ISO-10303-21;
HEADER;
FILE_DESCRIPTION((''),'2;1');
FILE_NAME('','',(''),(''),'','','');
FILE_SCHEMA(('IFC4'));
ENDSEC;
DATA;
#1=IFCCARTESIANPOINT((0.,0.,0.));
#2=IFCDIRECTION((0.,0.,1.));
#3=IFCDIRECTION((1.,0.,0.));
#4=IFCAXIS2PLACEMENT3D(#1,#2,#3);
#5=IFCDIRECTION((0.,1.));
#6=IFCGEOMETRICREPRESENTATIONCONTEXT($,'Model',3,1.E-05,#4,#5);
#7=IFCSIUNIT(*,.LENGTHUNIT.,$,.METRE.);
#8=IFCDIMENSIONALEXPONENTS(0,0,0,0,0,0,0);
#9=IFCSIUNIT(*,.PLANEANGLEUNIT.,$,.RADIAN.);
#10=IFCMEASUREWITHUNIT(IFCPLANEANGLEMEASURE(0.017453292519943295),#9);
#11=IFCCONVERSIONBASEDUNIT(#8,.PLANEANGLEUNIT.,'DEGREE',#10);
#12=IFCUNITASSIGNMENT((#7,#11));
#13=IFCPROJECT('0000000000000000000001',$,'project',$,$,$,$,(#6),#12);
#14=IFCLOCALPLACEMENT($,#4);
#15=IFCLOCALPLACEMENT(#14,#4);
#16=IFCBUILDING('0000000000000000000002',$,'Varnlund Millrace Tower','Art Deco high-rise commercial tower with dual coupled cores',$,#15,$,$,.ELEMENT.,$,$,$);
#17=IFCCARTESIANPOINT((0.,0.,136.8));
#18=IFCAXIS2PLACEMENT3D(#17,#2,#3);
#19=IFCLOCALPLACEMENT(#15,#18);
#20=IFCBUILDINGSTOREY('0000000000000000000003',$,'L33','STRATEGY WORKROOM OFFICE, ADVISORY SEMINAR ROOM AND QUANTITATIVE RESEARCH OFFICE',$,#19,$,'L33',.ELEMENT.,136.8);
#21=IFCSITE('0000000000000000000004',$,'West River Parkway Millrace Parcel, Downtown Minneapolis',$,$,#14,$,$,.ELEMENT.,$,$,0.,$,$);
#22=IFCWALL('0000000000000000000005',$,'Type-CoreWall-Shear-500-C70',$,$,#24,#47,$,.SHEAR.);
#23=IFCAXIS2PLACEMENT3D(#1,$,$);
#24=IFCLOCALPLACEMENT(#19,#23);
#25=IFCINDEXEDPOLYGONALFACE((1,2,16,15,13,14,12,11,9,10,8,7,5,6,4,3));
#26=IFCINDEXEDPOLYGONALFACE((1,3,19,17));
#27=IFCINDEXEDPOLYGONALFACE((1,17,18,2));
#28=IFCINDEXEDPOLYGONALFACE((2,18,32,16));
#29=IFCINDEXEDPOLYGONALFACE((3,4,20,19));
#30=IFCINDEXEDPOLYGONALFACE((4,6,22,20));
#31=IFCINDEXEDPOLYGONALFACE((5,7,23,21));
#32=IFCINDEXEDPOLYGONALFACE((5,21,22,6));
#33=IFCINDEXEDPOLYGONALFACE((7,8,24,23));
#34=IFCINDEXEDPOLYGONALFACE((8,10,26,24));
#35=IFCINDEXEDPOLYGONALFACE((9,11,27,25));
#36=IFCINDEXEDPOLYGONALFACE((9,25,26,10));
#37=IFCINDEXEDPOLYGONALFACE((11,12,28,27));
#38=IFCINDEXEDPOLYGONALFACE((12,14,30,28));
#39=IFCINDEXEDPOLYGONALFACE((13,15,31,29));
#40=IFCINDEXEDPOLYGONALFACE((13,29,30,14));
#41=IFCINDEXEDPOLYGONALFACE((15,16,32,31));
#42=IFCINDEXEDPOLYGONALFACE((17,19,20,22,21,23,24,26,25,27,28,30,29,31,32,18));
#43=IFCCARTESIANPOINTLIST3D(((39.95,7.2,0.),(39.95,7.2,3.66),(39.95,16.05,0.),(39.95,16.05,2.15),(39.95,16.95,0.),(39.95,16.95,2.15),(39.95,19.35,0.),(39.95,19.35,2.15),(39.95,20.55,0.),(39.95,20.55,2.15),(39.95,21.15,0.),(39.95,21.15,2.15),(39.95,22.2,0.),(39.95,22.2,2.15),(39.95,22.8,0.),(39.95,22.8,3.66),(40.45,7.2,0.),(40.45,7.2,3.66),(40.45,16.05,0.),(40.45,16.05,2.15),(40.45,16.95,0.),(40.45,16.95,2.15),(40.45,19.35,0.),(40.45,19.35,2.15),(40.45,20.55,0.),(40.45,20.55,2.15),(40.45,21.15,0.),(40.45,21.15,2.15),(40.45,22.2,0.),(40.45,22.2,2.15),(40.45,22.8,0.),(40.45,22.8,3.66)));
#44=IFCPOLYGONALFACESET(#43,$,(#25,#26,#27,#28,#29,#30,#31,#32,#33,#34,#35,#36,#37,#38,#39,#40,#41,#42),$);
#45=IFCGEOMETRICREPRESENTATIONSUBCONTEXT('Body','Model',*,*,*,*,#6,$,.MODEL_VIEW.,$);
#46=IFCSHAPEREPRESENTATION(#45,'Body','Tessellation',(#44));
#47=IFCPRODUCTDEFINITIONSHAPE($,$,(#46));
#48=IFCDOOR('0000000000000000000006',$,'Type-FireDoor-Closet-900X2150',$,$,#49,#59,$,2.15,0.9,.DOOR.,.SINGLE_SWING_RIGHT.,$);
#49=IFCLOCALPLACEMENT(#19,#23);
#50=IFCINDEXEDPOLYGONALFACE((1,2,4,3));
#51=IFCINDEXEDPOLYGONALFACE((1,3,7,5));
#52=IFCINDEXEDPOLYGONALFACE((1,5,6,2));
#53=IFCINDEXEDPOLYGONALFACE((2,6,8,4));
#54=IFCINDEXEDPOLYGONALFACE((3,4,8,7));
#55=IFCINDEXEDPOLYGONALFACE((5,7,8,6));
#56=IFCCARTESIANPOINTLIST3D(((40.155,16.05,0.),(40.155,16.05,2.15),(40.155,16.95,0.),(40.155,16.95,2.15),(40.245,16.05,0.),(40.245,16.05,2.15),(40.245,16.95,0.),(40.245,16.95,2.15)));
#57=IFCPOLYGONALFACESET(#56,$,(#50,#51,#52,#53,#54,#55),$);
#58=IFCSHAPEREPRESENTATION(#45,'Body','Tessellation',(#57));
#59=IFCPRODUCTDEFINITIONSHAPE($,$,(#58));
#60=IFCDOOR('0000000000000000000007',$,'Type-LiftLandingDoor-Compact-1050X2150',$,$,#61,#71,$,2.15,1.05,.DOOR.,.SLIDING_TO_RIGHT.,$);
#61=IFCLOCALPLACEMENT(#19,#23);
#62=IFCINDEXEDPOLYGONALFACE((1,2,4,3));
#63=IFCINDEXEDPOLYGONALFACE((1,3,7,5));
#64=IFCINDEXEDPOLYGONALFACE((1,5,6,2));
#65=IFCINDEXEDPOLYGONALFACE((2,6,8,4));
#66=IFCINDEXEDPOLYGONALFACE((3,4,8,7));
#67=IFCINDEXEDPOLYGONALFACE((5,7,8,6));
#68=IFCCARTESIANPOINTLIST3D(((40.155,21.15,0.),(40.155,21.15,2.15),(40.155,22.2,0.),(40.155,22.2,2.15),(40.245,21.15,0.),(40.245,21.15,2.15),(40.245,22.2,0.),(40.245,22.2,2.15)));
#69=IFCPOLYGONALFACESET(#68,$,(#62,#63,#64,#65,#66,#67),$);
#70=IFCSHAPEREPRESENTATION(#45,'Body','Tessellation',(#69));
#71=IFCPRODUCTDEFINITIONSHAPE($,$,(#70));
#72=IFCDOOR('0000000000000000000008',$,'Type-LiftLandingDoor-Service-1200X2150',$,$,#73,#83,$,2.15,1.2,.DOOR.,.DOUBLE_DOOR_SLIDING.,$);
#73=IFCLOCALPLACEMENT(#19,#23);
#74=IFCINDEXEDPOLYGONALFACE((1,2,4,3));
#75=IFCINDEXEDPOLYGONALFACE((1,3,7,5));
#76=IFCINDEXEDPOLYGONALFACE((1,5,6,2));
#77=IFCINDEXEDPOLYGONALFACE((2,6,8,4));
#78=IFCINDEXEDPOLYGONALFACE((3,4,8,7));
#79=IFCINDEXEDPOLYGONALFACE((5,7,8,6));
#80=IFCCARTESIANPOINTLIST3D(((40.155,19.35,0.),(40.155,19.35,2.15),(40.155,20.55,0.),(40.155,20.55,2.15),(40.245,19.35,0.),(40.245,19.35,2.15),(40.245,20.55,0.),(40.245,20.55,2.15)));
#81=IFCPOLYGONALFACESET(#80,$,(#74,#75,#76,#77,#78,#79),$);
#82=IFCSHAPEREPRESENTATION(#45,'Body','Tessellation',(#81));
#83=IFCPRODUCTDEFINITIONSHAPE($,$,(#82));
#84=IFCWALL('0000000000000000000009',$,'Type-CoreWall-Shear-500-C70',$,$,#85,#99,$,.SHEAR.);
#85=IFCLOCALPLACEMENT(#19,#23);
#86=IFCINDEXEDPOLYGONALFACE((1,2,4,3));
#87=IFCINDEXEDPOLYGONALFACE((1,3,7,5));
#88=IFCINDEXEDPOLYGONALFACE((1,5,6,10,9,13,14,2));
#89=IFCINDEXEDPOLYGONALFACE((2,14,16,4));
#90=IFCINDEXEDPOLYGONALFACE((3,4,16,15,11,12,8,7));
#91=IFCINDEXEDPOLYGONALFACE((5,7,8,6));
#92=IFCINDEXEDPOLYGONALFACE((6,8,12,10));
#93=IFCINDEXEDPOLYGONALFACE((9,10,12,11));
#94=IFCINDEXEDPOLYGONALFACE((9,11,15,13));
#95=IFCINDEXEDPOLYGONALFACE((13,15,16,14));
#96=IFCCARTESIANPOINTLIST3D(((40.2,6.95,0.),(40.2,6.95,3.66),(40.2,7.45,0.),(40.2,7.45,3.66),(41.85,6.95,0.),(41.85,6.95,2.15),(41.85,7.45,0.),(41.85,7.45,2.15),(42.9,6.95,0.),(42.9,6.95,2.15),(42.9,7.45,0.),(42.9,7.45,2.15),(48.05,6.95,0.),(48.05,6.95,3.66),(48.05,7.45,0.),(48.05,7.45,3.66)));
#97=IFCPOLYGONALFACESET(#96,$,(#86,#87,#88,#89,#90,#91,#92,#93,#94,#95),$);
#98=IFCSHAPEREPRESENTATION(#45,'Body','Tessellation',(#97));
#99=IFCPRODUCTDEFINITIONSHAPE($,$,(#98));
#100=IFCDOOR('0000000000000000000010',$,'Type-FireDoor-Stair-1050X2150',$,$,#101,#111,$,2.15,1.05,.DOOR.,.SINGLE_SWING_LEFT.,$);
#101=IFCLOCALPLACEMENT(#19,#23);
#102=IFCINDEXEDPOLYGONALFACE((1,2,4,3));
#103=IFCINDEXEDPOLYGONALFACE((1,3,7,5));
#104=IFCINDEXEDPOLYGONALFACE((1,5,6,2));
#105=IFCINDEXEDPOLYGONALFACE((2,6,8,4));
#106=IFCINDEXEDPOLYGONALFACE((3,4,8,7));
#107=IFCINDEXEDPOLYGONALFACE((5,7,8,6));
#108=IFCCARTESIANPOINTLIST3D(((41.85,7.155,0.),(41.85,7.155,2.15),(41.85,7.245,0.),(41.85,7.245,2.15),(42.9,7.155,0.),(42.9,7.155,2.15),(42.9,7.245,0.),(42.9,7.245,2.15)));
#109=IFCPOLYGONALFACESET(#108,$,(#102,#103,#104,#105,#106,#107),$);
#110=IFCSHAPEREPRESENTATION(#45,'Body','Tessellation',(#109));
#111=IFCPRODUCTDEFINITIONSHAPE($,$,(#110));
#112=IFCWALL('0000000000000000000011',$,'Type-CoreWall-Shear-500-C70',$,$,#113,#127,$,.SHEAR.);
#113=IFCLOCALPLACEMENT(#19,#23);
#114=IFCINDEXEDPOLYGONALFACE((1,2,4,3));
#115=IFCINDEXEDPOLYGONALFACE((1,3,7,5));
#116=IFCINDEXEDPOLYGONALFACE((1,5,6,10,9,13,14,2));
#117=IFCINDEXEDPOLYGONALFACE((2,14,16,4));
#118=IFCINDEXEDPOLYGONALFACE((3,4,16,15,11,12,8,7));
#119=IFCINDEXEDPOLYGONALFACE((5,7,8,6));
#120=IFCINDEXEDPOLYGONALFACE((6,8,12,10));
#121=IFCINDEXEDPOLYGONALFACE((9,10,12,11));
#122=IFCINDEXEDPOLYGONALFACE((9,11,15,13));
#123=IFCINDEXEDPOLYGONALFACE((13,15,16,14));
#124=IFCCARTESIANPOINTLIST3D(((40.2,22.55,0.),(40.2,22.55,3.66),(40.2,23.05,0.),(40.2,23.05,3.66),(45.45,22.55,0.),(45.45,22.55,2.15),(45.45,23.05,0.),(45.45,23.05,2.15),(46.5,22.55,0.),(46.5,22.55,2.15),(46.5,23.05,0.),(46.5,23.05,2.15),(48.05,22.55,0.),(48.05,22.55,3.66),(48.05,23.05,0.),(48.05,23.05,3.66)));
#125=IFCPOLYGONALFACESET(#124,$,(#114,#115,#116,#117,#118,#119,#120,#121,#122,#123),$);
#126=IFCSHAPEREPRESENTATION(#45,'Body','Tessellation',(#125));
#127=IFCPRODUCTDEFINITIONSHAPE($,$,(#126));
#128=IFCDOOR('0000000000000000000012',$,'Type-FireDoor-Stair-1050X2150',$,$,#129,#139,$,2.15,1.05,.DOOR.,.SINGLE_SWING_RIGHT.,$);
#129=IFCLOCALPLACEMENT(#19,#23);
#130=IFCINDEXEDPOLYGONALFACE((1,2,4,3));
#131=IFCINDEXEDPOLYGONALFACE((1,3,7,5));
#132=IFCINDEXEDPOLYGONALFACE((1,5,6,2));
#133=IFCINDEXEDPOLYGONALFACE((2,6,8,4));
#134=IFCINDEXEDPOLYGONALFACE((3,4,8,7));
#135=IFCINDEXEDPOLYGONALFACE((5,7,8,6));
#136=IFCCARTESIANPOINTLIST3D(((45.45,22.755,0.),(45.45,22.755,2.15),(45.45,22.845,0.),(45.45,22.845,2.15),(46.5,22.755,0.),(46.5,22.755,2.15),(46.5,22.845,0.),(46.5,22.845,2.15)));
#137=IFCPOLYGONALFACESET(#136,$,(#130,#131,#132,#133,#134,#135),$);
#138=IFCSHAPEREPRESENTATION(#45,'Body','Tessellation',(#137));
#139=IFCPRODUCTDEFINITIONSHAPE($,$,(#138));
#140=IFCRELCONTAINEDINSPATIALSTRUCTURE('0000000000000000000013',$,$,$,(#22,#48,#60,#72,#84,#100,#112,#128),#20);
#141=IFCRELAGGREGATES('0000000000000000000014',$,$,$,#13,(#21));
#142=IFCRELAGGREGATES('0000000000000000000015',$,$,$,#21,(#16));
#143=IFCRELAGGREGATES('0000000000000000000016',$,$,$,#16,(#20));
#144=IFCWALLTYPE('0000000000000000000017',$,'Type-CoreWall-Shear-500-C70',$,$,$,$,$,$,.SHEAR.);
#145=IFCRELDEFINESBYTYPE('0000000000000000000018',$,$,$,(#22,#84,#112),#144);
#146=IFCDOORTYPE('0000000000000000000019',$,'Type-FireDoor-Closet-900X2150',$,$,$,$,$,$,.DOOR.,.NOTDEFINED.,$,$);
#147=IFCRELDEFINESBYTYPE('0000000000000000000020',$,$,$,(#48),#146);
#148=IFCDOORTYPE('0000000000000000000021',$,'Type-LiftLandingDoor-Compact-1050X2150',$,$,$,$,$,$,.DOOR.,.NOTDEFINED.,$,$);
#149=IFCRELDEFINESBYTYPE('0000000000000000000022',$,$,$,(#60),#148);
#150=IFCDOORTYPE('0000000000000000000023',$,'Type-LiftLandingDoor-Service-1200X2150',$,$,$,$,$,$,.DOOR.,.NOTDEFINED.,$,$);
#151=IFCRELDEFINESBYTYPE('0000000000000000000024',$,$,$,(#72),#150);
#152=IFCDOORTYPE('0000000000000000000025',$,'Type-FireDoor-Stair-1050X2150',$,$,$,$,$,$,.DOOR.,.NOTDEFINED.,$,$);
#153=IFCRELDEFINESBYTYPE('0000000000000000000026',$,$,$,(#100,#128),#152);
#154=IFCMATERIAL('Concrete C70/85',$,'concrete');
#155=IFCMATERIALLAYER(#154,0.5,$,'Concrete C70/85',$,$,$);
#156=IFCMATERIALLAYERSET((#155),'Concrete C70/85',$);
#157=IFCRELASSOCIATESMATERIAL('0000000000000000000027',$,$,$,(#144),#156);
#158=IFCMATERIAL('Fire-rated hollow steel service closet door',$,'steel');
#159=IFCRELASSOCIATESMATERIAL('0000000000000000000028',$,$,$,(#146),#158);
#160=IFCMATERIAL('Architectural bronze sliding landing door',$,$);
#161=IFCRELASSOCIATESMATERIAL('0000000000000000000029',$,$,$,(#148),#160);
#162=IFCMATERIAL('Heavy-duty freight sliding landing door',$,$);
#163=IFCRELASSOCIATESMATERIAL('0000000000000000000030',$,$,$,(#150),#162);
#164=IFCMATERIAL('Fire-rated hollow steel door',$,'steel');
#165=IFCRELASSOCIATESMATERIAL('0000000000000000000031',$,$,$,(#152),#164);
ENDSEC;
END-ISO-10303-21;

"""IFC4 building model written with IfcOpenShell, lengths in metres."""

from ifc_helpers import new_model, entity, si_unit, converted_unit, direction, frame, origin_with_axes, origin_2d_with_axis, place, context, subcontext, project, spatial, polyline, rectangle, outline, extrude, material, layer, layer_set, type_object, element, fill, save


model = new_model("IFC4")

# Units and contexts
model_context = context("Model", 3, precision=1e-05, world=origin_with_axes(), true_north=direction((0.0, 1.0)))
body_context = subcontext(model_context, "Body", "Model", "MODEL_VIEW")
ifc_project = project(units=[si_unit("LENGTHUNIT", "METRE"), converted_unit("PLANEANGLEUNIT", "DEGREE", entity("IfcPlaneAngleMeasure", 0.017453292519943295), si_unit("PLANEANGLEUNIT", "RADIAN"), dimensions=[0, 0, 0, 0, 0, 0, 0])], contexts=[model_context])

# Site, building, storey
site_placement = place(None, origin_with_axes())
site = spatial("IfcSite", under=ifc_project, at=site_placement, Name="West River Parkway Millrace Parcel, Downtown Minneapolis", CompositionType="ELEMENT", RefElevation=0.0)
building_placement = place(site_placement, origin_with_axes())
building = spatial("IfcBuilding", under=site, at=building_placement, Name="Varnlund Millrace Tower", Description="Art Deco high-rise commercial tower with dual coupled cores", CompositionType="ELEMENT")
storey_placement = place(building_placement, frame((0.0, 0.0, 136.8), z_axis=(0.0, 0.0, 1.0), x_axis=(1.0, 0.0, 0.0)))
storey = spatial("IfcBuildingStorey", under=building, at=storey_placement, Name="L33", Description="STRATEGY WORKROOM OFFICE, ADVISORY SEMINAR ROOM AND QUANTITATIVE RESEARCH OFFICE", LongName="L33", CompositionType="ELEMENT", Elevation=136.8)

# Wall, openings, doors
ifc_material_1 = material(Name="Concrete C70/85", Category="concrete")
ifc_layer_1 = layer(ifc_material_1, 0.5, Name="Concrete C70/85")
ifc_layer_set_1 = layer_set([ifc_layer_1], Name="Concrete C70/85")
wall_type_1 = type_object("IfcWallType", Name="Type-CoreWall-Shear-500-C70", PredefinedType="SHEAR", material=ifc_layer_set_1)
wall_1_placement = place(storey_placement, frame((40.2, 7.2, 0.0), z_axis=(0.0, 0.0, 1.0), x_axis=(0.0, 1.0, 0.0)))
wall_1 = element("IfcWall", 1, at=wall_1_placement, inside=storey, type_object=wall_type_1, Name="Type-CoreWall-Shear-500-C70", PredefinedType="SHEAR", context=body_context, shape_type="SweptSolid", body=[
    extrude(outline(polyline([(0.0, -0.25), (15.6, -0.25), (15.6, 0.25), (0.0, 0.25), (0.0, -0.25)])), origin_with_axes(), (0.0, 0.0, 1.0), 3.66),
])
opening_1_placement = place(wall_1_placement, frame((14.475, 0.0, 0.0), z_axis=(0.0, 0.0, 1.0), x_axis=(1.0, 0.0, 0.0)))
opening_1 = element("IfcOpeningElement", 2, at=opening_1_placement, cuts=wall_1, PredefinedType="OPENING", context=body_context, shape_type="SweptSolid", body=[
    extrude(rectangle(XDim=1.05, YDim=0.52, at=origin_2d_with_axis()), origin_with_axes(), (0.0, 0.0, 1.0), 2.15),
])
opening_2_placement = place(wall_1_placement, frame((12.75, 0.0, 0.0), z_axis=(0.0, 0.0, 1.0), x_axis=(1.0, 0.0, 0.0)))
opening_2 = element("IfcOpeningElement", 3, at=opening_2_placement, cuts=wall_1, PredefinedType="OPENING", context=body_context, shape_type="SweptSolid", body=[
    extrude(rectangle(XDim=1.2, YDim=0.52, at=origin_2d_with_axis()), origin_with_axes(), (0.0, 0.0, 1.0), 2.15),
])
opening_3_placement = place(wall_1_placement, frame((9.3, 0.0, 0.0), z_axis=(0.0, 0.0, 1.0), x_axis=(1.0, 0.0, 0.0)))
opening_3 = element("IfcOpeningElement", 4, at=opening_3_placement, cuts=wall_1, PredefinedType="OPENING", context=body_context, shape_type="SweptSolid", body=[
    extrude(rectangle(XDim=0.9, YDim=0.52, at=origin_2d_with_axis()), origin_with_axes(), (0.0, 0.0, 1.0), 2.15),
])
ifc_material_2 = material(Name="Fire-rated hollow steel service closet door", Category="steel")
door_type_1 = type_object("IfcDoorType", Name="Type-FireDoor-Closet-900X2150", OperationType="NOTDEFINED", PredefinedType="DOOR", material=ifc_material_2)
door_1_placement = place(wall_1_placement, frame((9.3, 0.0, 0.0), z_axis=(0.0, 0.0, 1.0), x_axis=(1.0, 0.0, 0.0)))
door_1 = element("IfcDoor", 5, at=door_1_placement, inside=storey, type_object=door_type_1, Name="Type-FireDoor-Closet-900X2150", OperationType="SINGLE_SWING_RIGHT", OverallHeight=2.15, OverallWidth=0.9, PredefinedType="DOOR", context=body_context, shape_type="SweptSolid", body=[
    extrude(rectangle(XDim=0.9, YDim=0.09, at=origin_2d_with_axis()), origin_with_axes(), (0.0, 0.0, 1.0), 2.15),
])
fill(opening_3, door_1)
ifc_material_3 = material(Name="Architectural bronze sliding landing door")
door_type_2 = type_object("IfcDoorType", Name="Type-LiftLandingDoor-Compact-1050X2150", OperationType="NOTDEFINED", PredefinedType="DOOR", material=ifc_material_3)
door_2_placement = place(wall_1_placement, frame((14.475, 0.0, 0.0), z_axis=(0.0, 0.0, 1.0), x_axis=(1.0, 0.0, 0.0)))
door_2 = element("IfcDoor", 6, at=door_2_placement, inside=storey, type_object=door_type_2, Name="Type-LiftLandingDoor-Compact-1050X2150", OperationType="SLIDING_TO_RIGHT", OverallHeight=2.15, OverallWidth=1.05, PredefinedType="DOOR", context=body_context, shape_type="SweptSolid", body=[
    extrude(rectangle(XDim=1.05, YDim=0.09, at=origin_2d_with_axis()), origin_with_axes(), (0.0, 0.0, 1.0), 2.15),
])
fill(opening_1, door_2)
ifc_material_4 = material(Name="Heavy-duty freight sliding landing door")
door_type_3 = type_object("IfcDoorType", Name="Type-LiftLandingDoor-Service-1200X2150", OperationType="NOTDEFINED", PredefinedType="DOOR", material=ifc_material_4)
door_3_placement = place(wall_1_placement, frame((12.75, 0.0, 0.0), z_axis=(0.0, 0.0, 1.0), x_axis=(1.0, 0.0, 0.0)))
door_3 = element("IfcDoor", 7, at=door_3_placement, inside=storey, type_object=door_type_3, Name="Type-LiftLandingDoor-Service-1200X2150", OperationType="DOUBLE_DOOR_SLIDING", OverallHeight=2.15, OverallWidth=1.2, PredefinedType="DOOR", context=body_context, shape_type="SweptSolid", body=[
    extrude(rectangle(XDim=1.2, YDim=0.09, at=origin_2d_with_axis()), origin_with_axes(), (0.0, 0.0, 1.0), 2.15),
])
fill(opening_2, door_3)

# Walls, openings, doors
wall_2_placement = place(storey_placement, frame((40.2, 7.2, 0.0), z_axis=(0.0, 0.0, 1.0), x_axis=(1.0, 0.0, 0.0)))
wall_2 = element("IfcWall", 8, at=wall_2_placement, inside=storey, type_object=wall_type_1, Name="Type-CoreWall-Shear-500-C70", PredefinedType="SHEAR", context=body_context, shape_type="SweptSolid", body=[
    extrude(outline(polyline([(0.0, -0.25), (7.85, -0.25), (7.85, 0.25), (0.0, 0.25), (0.0, -0.25)])), origin_with_axes(), (0.0, 0.0, 1.0), 3.66),
])
opening_4_placement = place(wall_2_placement, frame((2.175, 0.0, 0.0), z_axis=(0.0, 0.0, 1.0), x_axis=(1.0, 0.0, 0.0)))
opening_4 = element("IfcOpeningElement", 9, at=opening_4_placement, cuts=wall_2, PredefinedType="OPENING", context=body_context, shape_type="SweptSolid", body=[
    extrude(rectangle(XDim=1.05, YDim=0.52, at=origin_2d_with_axis()), origin_with_axes(), (0.0, 0.0, 1.0), 2.15),
])
ifc_material_5 = material(Name="Fire-rated hollow steel door", Category="steel")
door_type_4 = type_object("IfcDoorType", Name="Type-FireDoor-Stair-1050X2150", OperationType="NOTDEFINED", PredefinedType="DOOR", material=ifc_material_5)
door_4_placement = place(wall_2_placement, frame((2.175, 0.0, 0.0), z_axis=(0.0, 0.0, 1.0), x_axis=(1.0, 0.0, 0.0)))
door_4 = element("IfcDoor", 10, at=door_4_placement, inside=storey, type_object=door_type_4, Name="Type-FireDoor-Stair-1050X2150", OperationType="SINGLE_SWING_LEFT", OverallHeight=2.15, OverallWidth=1.05, PredefinedType="DOOR", context=body_context, shape_type="SweptSolid", body=[
    extrude(rectangle(XDim=1.05, YDim=0.09, at=origin_2d_with_axis()), origin_with_axes(), (0.0, 0.0, 1.0), 2.15),
])
fill(opening_4, door_4)
wall_3_placement = place(storey_placement, frame((40.2, 22.8, 0.0), z_axis=(0.0, 0.0, 1.0), x_axis=(1.0, 0.0, 0.0)))
wall_3 = element("IfcWall", 11, at=wall_3_placement, inside=storey, type_object=wall_type_1, Name="Type-CoreWall-Shear-500-C70", PredefinedType="SHEAR", context=body_context, shape_type="SweptSolid", body=[
    extrude(outline(polyline([(0.0, -0.25), (7.85, -0.25), (7.85, 0.25), (0.0, 0.25), (0.0, -0.25)])), origin_with_axes(), (0.0, 0.0, 1.0), 3.66),
])
opening_5_placement = place(wall_3_placement, frame((5.775, 0.0, 0.0), z_axis=(0.0, 0.0, 1.0), x_axis=(1.0, 0.0, 0.0)))
opening_5 = element("IfcOpeningElement", 12, at=opening_5_placement, cuts=wall_3, PredefinedType="OPENING", context=body_context, shape_type="SweptSolid", body=[
    extrude(rectangle(XDim=1.05, YDim=0.52, at=origin_2d_with_axis()), origin_with_axes(), (0.0, 0.0, 1.0), 2.15),
])
door_5_placement = place(wall_3_placement, frame((5.775, 0.0, 0.0), z_axis=(0.0, 0.0, 1.0), x_axis=(1.0, 0.0, 0.0)))
door_5 = element("IfcDoor", 13, at=door_5_placement, inside=storey, type_object=door_type_4, Name="Type-FireDoor-Stair-1050X2150", OperationType="SINGLE_SWING_RIGHT", OverallHeight=2.15, OverallWidth=1.05, PredefinedType="DOOR", context=body_context, shape_type="SweptSolid", body=[
    extrude(rectangle(XDim=1.05, YDim=0.09, at=origin_2d_with_axis()), origin_with_axes(), (0.0, 0.0, 1.0), 2.15),
])
fill(opening_5, door_5)

save(model, "model.ifc")
